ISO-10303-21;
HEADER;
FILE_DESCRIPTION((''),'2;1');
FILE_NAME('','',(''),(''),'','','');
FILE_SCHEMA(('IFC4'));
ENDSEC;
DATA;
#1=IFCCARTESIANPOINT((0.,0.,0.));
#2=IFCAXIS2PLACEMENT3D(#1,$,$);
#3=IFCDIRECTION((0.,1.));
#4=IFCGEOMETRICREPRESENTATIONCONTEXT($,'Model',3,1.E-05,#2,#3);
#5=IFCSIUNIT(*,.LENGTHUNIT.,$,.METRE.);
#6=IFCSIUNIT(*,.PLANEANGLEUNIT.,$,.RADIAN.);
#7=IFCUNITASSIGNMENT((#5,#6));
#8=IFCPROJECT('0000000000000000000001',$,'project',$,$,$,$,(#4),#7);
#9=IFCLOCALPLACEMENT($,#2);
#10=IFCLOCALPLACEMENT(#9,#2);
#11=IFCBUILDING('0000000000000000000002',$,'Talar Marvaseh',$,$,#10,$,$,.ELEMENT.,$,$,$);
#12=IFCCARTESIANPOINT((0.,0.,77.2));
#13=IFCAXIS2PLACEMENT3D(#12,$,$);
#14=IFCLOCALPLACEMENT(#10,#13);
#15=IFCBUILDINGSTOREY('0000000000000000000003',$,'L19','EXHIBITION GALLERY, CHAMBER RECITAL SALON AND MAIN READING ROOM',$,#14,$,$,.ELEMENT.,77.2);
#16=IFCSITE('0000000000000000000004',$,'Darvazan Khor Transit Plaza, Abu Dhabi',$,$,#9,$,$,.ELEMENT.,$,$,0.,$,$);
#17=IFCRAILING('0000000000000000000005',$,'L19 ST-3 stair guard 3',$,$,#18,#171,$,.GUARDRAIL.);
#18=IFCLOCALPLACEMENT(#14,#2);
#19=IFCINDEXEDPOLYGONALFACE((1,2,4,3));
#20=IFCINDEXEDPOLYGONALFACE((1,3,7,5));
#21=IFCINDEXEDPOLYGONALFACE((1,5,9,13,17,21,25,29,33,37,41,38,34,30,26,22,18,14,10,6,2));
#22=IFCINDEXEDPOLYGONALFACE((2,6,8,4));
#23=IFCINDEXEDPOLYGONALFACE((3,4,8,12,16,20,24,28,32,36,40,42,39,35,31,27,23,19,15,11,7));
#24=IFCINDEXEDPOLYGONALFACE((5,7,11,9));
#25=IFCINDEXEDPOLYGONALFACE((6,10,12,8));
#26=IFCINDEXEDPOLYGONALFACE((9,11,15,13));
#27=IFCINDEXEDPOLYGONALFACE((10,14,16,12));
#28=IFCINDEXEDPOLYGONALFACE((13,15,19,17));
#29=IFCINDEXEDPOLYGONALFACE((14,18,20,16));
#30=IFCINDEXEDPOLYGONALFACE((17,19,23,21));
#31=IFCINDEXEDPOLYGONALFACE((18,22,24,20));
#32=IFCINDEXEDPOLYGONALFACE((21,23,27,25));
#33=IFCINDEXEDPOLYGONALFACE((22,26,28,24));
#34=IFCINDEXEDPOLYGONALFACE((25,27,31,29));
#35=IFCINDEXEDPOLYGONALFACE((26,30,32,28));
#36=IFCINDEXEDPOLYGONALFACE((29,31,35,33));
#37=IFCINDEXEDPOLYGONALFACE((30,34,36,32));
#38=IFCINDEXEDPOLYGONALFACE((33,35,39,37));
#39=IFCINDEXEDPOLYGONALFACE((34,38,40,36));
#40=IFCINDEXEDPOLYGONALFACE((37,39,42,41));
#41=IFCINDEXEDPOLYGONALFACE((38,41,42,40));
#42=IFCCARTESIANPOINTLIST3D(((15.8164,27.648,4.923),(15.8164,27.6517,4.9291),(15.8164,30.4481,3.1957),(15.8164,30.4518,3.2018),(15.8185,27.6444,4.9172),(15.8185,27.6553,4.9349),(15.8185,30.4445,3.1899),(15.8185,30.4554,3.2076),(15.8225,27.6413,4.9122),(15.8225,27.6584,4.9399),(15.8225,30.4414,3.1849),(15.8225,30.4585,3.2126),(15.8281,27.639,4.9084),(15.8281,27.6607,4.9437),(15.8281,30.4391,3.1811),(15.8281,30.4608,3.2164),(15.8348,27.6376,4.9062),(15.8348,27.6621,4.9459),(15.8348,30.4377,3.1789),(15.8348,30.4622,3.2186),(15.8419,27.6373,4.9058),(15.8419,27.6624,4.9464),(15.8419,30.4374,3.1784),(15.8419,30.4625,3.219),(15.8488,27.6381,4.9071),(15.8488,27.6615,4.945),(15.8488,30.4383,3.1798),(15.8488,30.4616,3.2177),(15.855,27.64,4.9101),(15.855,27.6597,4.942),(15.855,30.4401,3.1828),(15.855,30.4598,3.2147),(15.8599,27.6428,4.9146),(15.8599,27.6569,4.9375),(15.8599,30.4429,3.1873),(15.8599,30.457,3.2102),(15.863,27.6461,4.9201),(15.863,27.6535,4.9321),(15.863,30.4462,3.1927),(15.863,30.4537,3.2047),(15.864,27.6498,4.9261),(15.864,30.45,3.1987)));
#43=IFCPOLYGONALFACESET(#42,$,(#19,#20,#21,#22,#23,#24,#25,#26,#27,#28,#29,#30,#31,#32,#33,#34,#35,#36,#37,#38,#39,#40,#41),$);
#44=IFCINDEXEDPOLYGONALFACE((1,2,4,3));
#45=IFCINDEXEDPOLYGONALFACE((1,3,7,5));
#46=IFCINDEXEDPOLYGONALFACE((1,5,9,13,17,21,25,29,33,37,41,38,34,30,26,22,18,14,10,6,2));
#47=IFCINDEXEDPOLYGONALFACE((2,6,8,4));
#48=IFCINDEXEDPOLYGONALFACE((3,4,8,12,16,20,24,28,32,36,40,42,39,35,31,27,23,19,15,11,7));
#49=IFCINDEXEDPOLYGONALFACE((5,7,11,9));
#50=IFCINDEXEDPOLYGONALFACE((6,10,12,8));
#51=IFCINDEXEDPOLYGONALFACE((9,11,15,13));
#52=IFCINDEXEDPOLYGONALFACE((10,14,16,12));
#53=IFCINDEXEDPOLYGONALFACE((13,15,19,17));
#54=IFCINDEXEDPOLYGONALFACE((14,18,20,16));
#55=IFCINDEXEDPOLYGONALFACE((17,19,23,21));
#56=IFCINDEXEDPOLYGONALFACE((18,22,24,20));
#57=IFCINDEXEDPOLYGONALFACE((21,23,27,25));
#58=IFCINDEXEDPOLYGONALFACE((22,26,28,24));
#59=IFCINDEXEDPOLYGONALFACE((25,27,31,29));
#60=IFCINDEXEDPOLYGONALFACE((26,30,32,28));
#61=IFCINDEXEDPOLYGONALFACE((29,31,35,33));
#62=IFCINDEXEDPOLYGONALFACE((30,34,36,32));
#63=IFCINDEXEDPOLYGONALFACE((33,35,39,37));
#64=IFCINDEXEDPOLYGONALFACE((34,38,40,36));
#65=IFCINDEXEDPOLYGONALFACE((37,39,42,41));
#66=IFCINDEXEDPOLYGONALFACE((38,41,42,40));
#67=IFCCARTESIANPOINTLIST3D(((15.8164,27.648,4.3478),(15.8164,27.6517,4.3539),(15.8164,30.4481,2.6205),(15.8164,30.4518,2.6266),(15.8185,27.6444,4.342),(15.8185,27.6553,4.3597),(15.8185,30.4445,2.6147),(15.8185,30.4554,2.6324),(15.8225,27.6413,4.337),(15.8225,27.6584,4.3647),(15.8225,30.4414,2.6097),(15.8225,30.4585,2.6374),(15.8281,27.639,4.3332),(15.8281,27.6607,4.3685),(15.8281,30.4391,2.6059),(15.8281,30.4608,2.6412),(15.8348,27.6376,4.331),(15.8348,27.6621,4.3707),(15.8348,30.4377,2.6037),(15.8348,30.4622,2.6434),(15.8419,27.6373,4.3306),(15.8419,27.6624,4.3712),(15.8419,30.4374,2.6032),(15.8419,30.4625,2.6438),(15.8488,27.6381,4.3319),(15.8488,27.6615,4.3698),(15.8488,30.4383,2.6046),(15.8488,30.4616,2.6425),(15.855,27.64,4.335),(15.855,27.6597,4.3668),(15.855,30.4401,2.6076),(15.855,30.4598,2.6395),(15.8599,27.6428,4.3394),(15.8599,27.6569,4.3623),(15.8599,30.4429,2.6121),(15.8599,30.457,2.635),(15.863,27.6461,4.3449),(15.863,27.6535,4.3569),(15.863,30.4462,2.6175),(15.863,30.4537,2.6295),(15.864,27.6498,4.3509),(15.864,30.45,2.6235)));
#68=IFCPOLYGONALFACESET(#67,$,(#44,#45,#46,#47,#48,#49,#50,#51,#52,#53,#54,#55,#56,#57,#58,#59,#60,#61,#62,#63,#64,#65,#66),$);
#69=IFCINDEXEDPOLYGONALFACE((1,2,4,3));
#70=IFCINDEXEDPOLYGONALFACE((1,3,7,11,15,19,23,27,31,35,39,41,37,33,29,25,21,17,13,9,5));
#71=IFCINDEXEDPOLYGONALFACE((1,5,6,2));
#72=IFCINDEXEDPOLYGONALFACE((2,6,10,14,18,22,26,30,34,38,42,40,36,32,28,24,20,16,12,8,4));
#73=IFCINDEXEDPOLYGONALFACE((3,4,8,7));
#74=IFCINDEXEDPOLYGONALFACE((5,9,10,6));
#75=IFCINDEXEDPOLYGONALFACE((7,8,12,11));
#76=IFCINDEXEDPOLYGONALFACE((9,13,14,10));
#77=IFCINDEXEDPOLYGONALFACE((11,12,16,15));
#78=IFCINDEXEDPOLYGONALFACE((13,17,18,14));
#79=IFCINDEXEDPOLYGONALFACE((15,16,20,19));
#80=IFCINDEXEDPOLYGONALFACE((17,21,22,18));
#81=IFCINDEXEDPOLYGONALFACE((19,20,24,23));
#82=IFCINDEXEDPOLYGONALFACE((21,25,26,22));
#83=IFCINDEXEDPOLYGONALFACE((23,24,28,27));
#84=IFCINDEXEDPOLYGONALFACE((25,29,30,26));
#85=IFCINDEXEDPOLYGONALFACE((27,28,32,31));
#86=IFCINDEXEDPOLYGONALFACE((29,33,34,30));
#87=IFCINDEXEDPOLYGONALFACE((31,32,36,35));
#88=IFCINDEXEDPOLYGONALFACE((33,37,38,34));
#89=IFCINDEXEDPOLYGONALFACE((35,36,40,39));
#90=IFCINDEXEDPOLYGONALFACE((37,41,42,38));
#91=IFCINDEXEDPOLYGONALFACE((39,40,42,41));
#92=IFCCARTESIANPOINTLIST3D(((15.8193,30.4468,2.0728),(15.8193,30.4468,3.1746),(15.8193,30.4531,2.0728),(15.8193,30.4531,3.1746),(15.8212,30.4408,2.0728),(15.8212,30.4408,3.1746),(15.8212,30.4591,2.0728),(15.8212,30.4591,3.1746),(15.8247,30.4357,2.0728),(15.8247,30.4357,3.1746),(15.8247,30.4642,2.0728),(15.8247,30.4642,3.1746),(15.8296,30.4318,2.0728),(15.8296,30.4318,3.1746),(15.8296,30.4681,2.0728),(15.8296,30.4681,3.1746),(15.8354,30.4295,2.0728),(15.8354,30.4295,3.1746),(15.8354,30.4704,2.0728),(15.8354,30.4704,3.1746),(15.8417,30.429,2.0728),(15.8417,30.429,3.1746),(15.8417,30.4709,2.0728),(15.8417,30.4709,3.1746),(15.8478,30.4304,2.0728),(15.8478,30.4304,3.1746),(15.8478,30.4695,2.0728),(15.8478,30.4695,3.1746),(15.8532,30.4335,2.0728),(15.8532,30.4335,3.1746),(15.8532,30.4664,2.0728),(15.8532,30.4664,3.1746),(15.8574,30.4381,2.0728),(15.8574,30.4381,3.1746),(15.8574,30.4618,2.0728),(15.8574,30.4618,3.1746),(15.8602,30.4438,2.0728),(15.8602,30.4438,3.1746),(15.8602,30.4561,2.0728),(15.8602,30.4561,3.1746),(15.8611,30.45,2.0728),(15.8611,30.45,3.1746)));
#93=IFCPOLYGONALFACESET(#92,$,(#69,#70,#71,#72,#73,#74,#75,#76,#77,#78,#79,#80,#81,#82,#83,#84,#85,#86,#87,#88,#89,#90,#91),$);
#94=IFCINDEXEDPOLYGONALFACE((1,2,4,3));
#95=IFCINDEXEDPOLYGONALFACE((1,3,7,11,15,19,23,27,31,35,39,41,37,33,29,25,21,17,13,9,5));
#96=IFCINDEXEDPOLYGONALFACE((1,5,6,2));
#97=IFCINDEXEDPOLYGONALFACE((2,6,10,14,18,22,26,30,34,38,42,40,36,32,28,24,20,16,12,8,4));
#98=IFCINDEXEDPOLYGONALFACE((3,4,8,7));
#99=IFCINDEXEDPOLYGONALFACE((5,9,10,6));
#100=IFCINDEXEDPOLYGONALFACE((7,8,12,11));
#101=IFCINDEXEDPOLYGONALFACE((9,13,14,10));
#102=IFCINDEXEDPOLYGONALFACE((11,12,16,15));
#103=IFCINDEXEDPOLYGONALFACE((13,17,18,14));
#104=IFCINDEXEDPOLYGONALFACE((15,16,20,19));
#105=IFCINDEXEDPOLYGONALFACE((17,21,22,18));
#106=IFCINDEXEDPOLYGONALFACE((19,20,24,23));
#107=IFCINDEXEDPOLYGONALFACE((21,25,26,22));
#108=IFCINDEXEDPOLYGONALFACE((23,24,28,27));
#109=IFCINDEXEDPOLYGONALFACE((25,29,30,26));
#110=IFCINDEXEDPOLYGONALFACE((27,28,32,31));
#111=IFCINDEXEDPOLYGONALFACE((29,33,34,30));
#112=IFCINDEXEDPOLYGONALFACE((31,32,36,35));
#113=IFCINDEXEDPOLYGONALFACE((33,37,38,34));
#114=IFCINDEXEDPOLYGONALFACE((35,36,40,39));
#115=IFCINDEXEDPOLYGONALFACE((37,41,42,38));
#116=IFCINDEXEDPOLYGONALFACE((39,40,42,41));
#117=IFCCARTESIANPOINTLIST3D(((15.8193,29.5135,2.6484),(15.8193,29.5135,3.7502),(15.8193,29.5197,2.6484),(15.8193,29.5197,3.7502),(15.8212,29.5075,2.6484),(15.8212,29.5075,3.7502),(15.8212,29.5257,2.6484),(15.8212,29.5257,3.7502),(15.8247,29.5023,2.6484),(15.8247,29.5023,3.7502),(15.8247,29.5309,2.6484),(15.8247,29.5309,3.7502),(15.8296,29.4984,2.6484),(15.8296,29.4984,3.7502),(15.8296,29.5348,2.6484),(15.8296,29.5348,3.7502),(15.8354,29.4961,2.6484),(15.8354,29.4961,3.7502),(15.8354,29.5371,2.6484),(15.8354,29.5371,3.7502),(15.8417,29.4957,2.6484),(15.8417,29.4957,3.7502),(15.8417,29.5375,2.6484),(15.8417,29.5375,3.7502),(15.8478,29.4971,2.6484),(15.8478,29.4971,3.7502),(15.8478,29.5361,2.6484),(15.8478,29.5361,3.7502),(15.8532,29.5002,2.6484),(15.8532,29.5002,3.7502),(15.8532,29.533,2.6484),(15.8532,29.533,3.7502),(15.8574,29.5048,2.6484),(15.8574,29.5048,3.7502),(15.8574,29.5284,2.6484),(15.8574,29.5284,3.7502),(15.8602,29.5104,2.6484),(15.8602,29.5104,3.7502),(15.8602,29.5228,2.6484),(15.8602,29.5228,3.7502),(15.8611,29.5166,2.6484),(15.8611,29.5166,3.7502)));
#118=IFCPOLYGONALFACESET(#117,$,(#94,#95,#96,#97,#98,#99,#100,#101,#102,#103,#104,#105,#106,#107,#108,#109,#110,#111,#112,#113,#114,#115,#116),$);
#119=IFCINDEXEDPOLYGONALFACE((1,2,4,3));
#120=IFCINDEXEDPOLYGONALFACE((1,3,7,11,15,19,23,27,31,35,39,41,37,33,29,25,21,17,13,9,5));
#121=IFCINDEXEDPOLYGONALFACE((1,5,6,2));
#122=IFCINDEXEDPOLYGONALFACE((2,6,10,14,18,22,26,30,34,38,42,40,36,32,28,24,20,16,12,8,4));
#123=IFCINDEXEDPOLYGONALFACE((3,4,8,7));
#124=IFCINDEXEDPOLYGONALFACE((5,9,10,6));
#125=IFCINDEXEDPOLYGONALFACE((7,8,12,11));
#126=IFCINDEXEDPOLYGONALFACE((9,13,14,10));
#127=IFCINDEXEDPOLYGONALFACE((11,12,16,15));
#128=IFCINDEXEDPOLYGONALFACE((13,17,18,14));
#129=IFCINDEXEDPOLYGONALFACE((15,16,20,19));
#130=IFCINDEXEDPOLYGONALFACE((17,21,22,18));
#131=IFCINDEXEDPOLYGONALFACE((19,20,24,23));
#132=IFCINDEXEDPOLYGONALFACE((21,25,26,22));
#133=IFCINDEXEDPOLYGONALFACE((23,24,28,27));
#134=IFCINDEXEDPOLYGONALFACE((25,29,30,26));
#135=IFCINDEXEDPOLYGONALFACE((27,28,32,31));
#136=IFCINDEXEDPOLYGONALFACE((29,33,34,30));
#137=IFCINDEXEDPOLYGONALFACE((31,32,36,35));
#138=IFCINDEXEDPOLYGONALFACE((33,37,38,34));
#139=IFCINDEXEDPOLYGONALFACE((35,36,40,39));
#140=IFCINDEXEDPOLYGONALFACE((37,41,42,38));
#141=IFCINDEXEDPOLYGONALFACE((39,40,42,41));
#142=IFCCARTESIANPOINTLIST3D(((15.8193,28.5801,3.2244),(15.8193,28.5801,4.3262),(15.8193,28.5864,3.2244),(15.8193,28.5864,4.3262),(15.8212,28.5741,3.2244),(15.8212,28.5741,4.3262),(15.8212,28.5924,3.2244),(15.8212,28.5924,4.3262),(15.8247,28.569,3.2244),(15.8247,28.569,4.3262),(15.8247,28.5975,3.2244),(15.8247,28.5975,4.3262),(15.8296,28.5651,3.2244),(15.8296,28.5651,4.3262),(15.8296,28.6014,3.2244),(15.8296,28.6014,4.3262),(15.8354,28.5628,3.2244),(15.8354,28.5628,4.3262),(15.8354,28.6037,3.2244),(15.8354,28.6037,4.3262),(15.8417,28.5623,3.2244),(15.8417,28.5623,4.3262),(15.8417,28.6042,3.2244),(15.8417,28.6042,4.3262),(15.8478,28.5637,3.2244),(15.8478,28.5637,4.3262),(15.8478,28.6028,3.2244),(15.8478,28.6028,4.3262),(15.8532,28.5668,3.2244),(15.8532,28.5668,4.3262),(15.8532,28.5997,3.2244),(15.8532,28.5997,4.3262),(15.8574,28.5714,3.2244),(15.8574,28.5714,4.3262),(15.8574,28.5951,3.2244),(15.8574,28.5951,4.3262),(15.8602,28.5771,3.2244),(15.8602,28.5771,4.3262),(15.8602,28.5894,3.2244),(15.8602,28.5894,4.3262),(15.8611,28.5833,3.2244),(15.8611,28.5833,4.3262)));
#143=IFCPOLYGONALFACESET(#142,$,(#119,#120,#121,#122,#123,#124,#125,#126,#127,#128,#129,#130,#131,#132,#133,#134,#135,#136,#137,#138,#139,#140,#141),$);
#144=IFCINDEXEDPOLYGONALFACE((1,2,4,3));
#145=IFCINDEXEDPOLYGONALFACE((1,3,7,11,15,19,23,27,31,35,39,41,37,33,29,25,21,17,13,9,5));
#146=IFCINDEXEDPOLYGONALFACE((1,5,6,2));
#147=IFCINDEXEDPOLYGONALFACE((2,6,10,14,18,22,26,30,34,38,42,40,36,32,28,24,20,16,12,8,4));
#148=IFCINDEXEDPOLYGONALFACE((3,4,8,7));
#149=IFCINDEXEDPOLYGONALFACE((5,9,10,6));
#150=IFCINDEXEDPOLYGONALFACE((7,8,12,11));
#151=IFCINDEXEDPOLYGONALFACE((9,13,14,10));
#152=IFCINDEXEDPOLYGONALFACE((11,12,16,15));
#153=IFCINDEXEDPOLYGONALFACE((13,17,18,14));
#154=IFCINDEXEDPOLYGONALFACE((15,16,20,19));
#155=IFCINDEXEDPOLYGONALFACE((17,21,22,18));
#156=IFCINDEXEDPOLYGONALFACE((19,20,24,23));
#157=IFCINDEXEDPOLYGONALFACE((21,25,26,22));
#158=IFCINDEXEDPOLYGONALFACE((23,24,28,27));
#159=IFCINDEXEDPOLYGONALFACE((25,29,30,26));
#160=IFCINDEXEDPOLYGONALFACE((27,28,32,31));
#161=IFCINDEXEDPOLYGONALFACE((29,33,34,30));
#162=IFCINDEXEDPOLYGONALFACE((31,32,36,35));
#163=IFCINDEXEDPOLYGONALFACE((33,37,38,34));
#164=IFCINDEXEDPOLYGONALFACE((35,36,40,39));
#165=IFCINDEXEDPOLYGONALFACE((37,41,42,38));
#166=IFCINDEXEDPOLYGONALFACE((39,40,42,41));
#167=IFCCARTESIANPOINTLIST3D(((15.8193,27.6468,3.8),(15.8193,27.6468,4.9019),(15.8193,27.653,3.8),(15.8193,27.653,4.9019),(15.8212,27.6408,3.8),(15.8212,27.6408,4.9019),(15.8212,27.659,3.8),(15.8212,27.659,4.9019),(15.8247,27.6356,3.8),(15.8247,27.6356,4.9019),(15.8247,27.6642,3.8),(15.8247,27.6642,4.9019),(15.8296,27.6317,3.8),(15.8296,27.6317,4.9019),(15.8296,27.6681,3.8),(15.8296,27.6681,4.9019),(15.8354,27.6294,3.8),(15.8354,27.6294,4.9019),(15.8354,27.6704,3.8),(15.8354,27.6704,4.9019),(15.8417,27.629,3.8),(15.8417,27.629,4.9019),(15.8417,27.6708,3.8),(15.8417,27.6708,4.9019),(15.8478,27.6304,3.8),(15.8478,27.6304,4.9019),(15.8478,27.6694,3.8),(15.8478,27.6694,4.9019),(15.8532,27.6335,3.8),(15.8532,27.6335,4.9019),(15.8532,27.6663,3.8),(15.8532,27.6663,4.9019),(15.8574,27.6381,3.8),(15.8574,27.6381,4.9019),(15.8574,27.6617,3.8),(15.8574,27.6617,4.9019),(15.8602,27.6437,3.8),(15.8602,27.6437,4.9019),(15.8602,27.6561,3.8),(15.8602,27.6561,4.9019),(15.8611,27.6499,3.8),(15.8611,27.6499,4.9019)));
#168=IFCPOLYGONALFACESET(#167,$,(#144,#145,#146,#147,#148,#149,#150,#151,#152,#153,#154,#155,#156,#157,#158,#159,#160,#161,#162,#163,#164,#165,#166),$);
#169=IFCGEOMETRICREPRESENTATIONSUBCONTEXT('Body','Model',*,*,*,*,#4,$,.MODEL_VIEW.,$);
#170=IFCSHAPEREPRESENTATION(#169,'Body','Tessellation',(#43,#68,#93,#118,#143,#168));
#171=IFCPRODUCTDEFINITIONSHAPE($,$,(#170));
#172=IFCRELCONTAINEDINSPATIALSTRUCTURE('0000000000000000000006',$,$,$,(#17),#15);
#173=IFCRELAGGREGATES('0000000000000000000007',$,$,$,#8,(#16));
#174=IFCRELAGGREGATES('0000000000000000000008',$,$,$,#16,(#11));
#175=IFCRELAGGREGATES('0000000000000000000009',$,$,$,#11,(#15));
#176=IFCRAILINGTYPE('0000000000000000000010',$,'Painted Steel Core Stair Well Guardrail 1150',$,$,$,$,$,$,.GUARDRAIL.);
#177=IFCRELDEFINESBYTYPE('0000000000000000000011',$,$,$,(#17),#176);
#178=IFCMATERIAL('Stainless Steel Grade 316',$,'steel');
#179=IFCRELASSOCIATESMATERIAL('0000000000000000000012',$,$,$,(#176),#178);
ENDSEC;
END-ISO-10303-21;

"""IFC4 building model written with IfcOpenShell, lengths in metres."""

from ifc_helpers import new_model, si_unit, direction, frame, origin, origin_2d, place, context, subcontext, project, spatial, circle, extrude, material, type_object, element, save


model = new_model("IFC4")

# Units and contexts
model_context = context("Model", 3, precision=1e-05, world=origin(), true_north=direction((0.0, 1.0)))
body_context = subcontext(model_context, "Body", "Model", "MODEL_VIEW")
ifc_project = project(units=[si_unit("LENGTHUNIT", "METRE"), si_unit("PLANEANGLEUNIT", "RADIAN")], contexts=[model_context])

# Site, building, storey
site_placement = place(None, origin())
site = spatial("IfcSite", under=ifc_project, at=site_placement, Name="Darvazan Khor Transit Plaza, Abu Dhabi", CompositionType="ELEMENT", RefElevation=0.0)
building_placement = place(site_placement, origin())
building = spatial("IfcBuilding", under=site, at=building_placement, Name="Talar Marvaseh", CompositionType="ELEMENT")
storey_placement = place(building_placement, frame((0.0, 0.0, 77.2)))
storey = spatial("IfcBuildingStorey", under=building, at=storey_placement, Name="L19", Description="EXHIBITION GALLERY, CHAMBER RECITAL SALON AND MAIN READING ROOM", CompositionType="ELEMENT", Elevation=77.2)

# Railing
ifc_material_1 = material(Name="Stainless Steel Grade 316", Category="steel")
railing_type_1 = type_object("IfcRailingType", Name="Painted Steel Core Stair Well Guardrail 1150", PredefinedType="GUARDRAIL", material=ifc_material_1)
railing_1_placement = place(storey_placement, frame((15.8401, 30.45, 2.0728)))
element("IfcRailing", 1, at=railing_1_placement, inside=storey, type_object=railing_type_1, Name="L19 ST-3 stair guard 3", PredefinedType="GUARDRAIL", context=body_context, shape_type="SweptSolid", body=[
    extrude(circle(Radius=0.0239, at=origin_2d()), frame((0.0, 0.0, 1.126), z_axis=(0.0, -0.85109, 0.52502), x_axis=(1.0, 0.0, 0.0)), (0.0, 0.0, 1.0), 3.29),
    extrude(circle(Radius=0.0239, at=origin_2d()), frame((0.0, 0.0, 0.5508), z_axis=(0.0, -0.85109, 0.52502), x_axis=(1.0, 0.0, 0.0)), (0.0, 0.0, 1.0), 3.29),
    extrude(circle(Radius=0.021, at=origin_2d()), origin(), (0.0, 0.0, 1.0), 1.1018),
    extrude(circle(Radius=0.021, at=origin_2d()), frame((0.0, -0.9333, 0.5757)), (0.0, 0.0, 1.0), 1.1018),
    extrude(circle(Radius=0.021, at=origin_2d()), frame((0.0, -1.8667, 1.1516)), (0.0, 0.0, 1.0), 1.1018),
    extrude(circle(Radius=0.021, at=origin_2d()), frame((0.0, -2.8, 1.7273)), (0.0, 0.0, 1.0), 1.1018),
])

save(model, "model.ifc")
